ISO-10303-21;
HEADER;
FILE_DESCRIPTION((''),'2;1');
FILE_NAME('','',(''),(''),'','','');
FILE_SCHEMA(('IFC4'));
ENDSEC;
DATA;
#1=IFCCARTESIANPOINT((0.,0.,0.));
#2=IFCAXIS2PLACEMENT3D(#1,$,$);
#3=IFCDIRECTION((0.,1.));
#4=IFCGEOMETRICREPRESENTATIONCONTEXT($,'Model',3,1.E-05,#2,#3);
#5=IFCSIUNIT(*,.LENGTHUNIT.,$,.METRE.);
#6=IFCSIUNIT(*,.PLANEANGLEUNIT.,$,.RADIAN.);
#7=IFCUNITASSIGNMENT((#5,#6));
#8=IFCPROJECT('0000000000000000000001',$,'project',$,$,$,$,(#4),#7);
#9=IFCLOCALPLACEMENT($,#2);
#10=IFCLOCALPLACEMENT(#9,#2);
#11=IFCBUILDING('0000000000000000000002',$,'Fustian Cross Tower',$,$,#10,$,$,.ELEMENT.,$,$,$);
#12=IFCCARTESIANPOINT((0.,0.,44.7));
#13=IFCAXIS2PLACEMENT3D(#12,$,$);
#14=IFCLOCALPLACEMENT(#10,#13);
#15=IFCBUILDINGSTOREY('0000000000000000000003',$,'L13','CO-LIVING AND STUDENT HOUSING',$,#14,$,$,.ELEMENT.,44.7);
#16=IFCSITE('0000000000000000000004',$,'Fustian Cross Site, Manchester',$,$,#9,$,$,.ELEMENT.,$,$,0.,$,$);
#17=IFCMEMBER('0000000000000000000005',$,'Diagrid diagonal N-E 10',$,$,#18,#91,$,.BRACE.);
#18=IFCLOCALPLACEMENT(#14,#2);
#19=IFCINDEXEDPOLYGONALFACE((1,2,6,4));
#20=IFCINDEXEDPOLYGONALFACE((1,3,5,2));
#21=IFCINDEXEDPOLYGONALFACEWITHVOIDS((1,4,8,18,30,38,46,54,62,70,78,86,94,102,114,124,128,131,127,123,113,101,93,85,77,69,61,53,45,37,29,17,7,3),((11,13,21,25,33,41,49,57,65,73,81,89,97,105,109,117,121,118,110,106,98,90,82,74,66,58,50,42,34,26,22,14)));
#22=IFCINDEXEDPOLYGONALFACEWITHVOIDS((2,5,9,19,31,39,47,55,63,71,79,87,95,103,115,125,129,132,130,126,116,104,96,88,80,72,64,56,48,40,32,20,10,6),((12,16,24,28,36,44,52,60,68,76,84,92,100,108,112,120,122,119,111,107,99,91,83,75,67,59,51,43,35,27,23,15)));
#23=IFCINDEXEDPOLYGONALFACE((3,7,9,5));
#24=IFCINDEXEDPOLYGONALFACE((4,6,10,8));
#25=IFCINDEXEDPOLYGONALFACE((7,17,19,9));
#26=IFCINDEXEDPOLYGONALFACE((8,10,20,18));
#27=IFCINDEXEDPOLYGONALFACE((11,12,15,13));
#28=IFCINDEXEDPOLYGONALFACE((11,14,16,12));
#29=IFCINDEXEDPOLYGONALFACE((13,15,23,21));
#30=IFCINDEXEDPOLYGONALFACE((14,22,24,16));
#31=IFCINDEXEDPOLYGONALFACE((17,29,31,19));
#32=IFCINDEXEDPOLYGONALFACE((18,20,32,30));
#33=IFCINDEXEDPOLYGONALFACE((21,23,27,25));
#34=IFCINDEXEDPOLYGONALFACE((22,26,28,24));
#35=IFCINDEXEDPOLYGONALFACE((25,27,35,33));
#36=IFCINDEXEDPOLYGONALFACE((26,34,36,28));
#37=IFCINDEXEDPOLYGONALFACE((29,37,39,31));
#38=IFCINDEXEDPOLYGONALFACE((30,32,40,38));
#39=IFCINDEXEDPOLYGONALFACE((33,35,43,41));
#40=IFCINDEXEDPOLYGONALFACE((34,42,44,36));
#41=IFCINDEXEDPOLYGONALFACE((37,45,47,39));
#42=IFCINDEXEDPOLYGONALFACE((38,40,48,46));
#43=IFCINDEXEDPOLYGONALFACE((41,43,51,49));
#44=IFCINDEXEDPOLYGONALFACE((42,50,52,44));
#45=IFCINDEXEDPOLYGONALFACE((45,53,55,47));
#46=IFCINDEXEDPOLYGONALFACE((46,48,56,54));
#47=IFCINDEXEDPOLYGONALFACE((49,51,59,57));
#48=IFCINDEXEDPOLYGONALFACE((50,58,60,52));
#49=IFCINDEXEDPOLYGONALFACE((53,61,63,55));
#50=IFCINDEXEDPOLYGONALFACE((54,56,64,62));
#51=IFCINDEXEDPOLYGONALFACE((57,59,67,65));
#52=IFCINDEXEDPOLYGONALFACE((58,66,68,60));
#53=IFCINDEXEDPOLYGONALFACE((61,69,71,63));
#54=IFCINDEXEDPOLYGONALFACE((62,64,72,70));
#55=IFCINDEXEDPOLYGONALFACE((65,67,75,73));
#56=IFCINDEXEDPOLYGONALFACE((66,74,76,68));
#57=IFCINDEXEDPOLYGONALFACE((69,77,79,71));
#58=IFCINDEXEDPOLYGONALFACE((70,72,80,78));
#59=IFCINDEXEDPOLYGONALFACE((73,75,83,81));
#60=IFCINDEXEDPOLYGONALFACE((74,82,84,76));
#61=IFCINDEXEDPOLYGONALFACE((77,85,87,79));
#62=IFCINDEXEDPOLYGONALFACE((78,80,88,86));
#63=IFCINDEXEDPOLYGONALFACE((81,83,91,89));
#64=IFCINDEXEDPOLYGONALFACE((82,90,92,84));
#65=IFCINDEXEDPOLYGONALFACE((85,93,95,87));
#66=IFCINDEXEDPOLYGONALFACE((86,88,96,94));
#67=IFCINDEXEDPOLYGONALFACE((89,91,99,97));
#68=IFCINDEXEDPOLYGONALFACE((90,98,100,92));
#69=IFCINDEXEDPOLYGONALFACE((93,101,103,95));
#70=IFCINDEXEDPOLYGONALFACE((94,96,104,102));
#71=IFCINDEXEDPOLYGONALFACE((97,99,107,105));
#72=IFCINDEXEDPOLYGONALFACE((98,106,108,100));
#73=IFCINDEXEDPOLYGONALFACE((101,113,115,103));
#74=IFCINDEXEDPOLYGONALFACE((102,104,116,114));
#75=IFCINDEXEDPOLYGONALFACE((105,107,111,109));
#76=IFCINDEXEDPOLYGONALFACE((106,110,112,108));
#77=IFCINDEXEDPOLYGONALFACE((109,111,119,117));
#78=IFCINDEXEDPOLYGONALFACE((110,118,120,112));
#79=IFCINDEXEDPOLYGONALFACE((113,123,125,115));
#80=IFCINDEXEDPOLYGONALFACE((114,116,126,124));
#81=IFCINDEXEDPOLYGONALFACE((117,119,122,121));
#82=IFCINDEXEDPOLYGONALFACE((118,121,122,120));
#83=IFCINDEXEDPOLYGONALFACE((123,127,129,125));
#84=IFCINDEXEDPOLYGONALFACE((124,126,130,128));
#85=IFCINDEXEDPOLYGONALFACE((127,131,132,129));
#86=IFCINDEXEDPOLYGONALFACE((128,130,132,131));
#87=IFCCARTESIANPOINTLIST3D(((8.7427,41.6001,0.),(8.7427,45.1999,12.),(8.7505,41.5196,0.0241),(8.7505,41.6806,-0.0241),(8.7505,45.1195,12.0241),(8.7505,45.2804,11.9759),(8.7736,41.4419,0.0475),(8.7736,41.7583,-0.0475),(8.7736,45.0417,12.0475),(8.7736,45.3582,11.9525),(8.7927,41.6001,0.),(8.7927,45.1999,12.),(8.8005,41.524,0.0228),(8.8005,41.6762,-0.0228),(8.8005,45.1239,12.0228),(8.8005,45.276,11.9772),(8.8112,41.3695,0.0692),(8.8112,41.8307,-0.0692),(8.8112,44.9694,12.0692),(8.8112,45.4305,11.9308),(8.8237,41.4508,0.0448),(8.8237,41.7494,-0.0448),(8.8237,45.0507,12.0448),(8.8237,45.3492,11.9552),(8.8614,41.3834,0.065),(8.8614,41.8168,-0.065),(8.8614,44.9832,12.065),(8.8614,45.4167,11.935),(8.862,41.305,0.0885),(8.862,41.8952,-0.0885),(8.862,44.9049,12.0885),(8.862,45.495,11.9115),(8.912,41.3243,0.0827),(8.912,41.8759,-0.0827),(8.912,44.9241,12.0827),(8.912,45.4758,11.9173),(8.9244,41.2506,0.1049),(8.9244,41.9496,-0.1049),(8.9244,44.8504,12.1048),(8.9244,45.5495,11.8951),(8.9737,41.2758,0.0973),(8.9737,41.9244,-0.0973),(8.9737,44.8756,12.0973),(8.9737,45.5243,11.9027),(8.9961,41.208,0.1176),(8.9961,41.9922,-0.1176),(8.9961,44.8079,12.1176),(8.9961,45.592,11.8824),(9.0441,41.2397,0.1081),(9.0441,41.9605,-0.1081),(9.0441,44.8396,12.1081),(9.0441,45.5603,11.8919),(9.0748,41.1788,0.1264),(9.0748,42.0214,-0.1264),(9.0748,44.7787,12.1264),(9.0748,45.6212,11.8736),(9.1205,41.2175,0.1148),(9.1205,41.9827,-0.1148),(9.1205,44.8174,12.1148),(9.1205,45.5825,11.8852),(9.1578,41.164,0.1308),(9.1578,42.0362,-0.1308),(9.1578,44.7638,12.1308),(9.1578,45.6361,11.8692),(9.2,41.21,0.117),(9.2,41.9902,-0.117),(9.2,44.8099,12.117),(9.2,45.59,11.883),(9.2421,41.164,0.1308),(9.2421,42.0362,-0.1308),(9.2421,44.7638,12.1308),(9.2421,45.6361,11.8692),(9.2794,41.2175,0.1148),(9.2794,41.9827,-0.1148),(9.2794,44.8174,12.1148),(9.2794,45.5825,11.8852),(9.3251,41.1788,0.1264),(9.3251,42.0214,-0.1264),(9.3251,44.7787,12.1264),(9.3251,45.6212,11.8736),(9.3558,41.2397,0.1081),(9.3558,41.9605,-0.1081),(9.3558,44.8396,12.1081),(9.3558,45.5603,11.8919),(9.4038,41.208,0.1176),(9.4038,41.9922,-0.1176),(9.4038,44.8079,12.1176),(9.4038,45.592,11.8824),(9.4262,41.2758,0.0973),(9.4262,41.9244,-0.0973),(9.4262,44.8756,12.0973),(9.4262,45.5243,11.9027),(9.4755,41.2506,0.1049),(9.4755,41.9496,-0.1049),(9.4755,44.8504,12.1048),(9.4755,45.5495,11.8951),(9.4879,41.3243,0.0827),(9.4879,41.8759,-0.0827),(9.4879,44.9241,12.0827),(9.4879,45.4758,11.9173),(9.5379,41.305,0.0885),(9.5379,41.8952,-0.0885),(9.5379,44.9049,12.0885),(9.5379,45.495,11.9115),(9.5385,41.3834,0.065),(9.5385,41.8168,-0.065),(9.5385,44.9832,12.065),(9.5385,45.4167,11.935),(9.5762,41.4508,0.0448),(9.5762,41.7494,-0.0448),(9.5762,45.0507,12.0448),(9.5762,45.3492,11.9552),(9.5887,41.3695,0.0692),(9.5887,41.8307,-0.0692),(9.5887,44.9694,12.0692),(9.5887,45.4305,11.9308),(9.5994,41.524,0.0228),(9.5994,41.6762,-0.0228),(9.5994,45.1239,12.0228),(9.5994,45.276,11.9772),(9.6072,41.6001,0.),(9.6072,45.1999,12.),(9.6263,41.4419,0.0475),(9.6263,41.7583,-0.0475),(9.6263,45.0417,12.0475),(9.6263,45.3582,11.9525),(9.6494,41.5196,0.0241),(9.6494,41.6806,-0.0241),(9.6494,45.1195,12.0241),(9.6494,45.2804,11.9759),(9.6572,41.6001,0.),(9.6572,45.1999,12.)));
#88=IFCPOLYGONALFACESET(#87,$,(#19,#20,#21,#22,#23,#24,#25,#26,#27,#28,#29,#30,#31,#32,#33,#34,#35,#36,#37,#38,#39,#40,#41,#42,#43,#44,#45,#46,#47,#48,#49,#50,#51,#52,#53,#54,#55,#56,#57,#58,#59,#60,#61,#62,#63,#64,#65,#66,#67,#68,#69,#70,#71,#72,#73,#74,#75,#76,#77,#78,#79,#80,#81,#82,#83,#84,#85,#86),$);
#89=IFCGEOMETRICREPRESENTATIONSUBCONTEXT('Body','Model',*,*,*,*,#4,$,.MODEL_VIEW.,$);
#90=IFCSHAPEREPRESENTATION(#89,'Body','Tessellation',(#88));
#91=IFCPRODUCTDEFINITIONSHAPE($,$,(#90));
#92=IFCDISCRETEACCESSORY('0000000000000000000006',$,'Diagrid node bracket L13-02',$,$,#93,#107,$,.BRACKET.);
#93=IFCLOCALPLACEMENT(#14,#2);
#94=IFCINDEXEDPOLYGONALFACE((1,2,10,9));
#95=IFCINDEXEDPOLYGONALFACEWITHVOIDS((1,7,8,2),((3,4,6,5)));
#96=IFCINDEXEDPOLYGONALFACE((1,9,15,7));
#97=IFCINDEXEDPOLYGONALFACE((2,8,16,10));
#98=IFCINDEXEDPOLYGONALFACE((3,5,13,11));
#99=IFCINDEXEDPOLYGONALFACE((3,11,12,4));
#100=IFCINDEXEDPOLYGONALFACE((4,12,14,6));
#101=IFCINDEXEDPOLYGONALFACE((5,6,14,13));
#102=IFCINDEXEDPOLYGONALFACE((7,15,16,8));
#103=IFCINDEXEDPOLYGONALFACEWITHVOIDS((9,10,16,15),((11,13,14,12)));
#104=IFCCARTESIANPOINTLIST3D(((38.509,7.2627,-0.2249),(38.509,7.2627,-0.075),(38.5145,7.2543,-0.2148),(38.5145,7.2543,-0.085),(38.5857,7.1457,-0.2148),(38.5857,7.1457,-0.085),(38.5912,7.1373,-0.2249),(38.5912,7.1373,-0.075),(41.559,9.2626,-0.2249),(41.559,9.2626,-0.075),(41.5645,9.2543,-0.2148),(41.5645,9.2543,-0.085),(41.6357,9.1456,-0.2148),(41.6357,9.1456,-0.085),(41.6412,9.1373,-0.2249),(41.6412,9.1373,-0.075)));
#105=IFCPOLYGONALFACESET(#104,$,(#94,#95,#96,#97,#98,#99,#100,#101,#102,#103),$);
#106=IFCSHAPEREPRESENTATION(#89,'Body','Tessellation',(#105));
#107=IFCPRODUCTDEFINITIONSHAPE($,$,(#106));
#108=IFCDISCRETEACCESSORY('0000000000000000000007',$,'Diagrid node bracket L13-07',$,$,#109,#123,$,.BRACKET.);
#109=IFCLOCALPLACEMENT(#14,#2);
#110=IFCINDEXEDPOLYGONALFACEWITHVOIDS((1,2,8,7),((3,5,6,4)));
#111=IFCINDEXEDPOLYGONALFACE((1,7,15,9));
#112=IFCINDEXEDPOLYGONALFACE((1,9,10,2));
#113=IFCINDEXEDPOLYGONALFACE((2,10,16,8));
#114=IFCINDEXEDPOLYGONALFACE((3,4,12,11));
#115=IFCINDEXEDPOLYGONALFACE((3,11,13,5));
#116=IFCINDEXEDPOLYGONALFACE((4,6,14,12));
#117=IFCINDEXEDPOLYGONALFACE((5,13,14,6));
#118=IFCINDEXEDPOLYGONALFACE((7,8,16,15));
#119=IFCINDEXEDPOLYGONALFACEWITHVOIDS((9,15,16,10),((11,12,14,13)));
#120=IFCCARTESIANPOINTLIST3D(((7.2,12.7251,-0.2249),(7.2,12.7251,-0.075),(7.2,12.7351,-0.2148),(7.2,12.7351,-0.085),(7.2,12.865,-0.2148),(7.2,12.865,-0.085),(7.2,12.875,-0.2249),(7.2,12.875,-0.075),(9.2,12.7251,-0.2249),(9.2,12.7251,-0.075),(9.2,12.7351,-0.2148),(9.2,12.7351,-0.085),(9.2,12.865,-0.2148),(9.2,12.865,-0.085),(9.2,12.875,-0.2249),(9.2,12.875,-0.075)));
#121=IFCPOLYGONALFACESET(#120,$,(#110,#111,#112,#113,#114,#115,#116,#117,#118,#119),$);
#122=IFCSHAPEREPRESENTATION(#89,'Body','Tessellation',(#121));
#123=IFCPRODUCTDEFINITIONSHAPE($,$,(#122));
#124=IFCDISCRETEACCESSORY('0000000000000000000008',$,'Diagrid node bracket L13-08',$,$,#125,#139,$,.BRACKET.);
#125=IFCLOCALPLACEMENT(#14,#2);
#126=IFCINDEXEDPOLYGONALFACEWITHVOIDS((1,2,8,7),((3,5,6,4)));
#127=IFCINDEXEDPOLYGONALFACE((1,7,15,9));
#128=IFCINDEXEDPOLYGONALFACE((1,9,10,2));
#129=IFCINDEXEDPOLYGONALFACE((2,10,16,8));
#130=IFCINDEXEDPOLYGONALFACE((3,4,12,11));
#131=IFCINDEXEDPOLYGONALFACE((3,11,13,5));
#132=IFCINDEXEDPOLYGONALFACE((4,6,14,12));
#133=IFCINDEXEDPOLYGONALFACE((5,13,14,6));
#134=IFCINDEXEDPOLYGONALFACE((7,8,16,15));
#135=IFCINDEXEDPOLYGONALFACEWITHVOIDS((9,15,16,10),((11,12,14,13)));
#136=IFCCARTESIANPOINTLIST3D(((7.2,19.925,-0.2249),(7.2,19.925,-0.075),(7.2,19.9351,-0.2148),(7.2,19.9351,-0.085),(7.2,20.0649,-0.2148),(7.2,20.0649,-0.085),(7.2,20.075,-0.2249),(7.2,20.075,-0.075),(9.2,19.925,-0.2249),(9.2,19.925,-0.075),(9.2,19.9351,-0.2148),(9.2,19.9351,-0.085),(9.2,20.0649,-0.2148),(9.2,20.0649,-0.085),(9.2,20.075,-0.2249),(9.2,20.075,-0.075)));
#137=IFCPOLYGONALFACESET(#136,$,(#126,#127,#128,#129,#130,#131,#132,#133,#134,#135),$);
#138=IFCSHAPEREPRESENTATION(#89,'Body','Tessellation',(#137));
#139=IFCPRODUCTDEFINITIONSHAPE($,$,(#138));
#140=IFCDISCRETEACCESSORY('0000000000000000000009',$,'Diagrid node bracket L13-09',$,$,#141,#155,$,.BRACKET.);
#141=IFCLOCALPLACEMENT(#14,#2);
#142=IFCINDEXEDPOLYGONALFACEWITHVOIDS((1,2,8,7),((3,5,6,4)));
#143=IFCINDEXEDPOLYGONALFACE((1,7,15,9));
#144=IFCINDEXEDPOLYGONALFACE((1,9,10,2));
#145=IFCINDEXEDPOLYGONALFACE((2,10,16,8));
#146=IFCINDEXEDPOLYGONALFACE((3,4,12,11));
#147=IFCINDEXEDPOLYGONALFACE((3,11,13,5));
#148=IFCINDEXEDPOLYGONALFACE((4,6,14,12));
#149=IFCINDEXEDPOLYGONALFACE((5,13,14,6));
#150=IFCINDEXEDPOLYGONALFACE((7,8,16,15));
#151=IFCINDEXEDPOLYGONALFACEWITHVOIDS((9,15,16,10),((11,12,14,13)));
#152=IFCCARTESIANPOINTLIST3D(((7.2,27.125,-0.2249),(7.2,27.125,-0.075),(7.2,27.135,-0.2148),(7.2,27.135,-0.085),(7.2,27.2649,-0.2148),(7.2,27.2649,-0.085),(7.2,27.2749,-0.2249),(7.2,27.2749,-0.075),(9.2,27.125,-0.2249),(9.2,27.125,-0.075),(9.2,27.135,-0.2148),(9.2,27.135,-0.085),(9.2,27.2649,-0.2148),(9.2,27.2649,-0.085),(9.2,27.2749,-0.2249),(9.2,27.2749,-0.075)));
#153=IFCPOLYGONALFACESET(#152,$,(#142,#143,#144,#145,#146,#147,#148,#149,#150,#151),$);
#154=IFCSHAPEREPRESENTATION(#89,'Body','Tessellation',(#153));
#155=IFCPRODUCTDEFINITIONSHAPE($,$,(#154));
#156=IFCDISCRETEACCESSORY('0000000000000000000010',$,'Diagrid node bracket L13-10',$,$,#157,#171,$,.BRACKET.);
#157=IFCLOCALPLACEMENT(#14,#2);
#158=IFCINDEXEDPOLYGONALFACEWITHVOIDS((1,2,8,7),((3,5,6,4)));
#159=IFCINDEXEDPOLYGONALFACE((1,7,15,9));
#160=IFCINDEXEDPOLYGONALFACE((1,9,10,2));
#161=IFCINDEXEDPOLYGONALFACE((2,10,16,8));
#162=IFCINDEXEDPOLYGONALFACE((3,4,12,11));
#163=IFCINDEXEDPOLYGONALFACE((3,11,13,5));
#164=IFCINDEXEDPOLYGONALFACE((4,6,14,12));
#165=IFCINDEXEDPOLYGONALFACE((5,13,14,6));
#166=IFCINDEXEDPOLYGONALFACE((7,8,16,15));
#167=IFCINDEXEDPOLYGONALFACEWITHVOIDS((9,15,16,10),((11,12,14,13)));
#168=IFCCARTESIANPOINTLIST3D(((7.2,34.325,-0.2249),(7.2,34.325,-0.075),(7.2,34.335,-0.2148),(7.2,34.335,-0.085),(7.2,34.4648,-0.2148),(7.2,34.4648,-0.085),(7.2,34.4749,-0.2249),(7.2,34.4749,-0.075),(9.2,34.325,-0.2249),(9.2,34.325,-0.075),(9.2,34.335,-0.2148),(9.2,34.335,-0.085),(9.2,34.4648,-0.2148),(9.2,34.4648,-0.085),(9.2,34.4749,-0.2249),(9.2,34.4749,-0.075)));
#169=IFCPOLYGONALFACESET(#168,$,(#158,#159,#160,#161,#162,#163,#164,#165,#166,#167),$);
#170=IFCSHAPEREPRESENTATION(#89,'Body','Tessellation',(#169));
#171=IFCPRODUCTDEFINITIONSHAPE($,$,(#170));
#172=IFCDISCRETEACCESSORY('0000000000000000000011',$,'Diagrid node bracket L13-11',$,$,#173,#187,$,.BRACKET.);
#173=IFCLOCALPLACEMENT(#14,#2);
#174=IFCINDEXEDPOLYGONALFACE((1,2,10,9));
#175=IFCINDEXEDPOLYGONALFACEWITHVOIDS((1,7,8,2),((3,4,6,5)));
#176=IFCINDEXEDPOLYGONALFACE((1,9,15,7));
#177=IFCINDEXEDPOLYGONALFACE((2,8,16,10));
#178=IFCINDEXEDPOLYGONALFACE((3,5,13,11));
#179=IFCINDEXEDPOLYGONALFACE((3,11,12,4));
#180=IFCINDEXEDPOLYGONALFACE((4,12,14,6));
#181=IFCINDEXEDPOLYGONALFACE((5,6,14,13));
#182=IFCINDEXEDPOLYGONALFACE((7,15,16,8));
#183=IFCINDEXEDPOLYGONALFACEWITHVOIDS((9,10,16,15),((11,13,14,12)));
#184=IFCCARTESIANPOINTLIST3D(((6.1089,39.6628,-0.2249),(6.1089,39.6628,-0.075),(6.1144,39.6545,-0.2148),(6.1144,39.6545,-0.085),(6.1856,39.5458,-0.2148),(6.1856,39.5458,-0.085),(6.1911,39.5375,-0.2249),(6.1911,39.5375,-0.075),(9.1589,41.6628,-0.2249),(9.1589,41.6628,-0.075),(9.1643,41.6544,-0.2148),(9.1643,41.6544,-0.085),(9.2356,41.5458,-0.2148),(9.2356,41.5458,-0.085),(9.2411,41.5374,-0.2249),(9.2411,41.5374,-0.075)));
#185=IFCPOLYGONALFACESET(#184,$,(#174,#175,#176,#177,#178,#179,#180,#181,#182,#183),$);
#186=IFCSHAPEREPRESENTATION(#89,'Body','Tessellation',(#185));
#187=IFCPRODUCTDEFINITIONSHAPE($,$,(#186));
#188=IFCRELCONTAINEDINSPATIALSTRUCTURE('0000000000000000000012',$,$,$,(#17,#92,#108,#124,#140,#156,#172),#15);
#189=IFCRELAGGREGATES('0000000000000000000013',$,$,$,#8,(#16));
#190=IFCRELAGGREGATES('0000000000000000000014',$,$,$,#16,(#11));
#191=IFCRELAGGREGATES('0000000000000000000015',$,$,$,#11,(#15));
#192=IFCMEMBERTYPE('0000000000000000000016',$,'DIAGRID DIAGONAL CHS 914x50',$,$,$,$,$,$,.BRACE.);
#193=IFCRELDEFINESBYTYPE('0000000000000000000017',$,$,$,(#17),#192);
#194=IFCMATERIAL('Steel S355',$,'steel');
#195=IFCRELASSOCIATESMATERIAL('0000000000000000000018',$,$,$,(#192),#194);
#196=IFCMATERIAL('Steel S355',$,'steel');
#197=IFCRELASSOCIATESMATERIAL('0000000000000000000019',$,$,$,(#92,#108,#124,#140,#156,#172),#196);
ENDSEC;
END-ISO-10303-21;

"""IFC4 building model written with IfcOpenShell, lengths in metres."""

from ifc_helpers import new_model, si_unit, direction, frame, origin, origin_2d, place, context, subcontext, project, spatial, hollow_rectangle, hollow_circle, extrude, material, material_profile, profile_set, type_object, element, save


model = new_model("IFC4")

# Units and contexts
model_context = context("Model", 3, precision=1e-05, world=origin(), true_north=direction((0.0, 1.0)))
body_context = subcontext(model_context, "Body", "Model", "MODEL_VIEW")
ifc_project = project(units=[si_unit("LENGTHUNIT", "METRE"), si_unit("PLANEANGLEUNIT", "RADIAN")], contexts=[model_context])

# Site, building, storey
site_placement = place(None, origin())
site = spatial("IfcSite", under=ifc_project, at=site_placement, Name="Fustian Cross Site, Manchester", CompositionType="ELEMENT", RefElevation=0.0)
building_placement = place(site_placement, origin())
building = spatial("IfcBuilding", under=site, at=building_placement, Name="Fustian Cross Tower", CompositionType="ELEMENT")
storey_placement = place(building_placement, frame((0.0, 0.0, 44.7)))
storey = spatial("IfcBuildingStorey", under=building, at=storey_placement, Name="L13", Description="CO-LIVING AND STUDENT HOUSING", CompositionType="ELEMENT", Elevation=44.7)

# Member
ifc_material_1 = material(Name="Steel S355", Category="steel")
ifc_material_profile_1 = material_profile(ifc_material_1, hollow_circle(Radius=0.4573, WallThickness=0.05, at=origin_2d()), Name="CHS 914x50")
ifc_profile_set_1 = profile_set([ifc_material_profile_1], Name="Steel S355")
member_type_1 = type_object("IfcMemberType", Name="DIAGRID DIAGONAL CHS 914x50", PredefinedType="BRACE", material=ifc_profile_set_1)
for number, where, z_axis, x_axis, name in (
    (1, (9.2, 41.6001, 0.0), (0.0, 0.287337, 0.95783), (-1.0, 0.0, 0.0), "Diagrid diagonal N-E 10"),
):
    element("IfcMember", number, at=place(storey_placement, frame(where, z_axis=z_axis, x_axis=x_axis)), inside=storey, type_object=member_type_1, Name=name, PredefinedType="BRACE", context=body_context, shape_type="SweptSolid", body=[
        extrude(hollow_circle(Radius=0.4573, WallThickness=0.05, at=origin_2d()), origin(), (0.0, 0.0, 1.0), 12.5283),
    ])

# Discrete accessories
ifc_material_2 = material(Name="Steel S355", Category="steel")
discrete_accessory_1_placement = place(storey_placement, frame((41.6001, 9.2, -0.1499), z_axis=(-0.836248, -0.548351, 0.0), x_axis=(0.548351, -0.836248, 0.0)))
element("IfcDiscreteAccessory", 2, at=discrete_accessory_1_placement, inside=storey, material=ifc_material_2, Name="Diagrid node bracket L13-02", PredefinedType="BRACKET", context=body_context, shape_type="SweptSolid", body=[
    extrude(hollow_rectangle(XDim=0.1499, YDim=0.1499, WallThickness=0.01, at=origin_2d()), origin(), (0.0, 0.0, 1.0), 3.6472),
])
for number, where, z_axis, x_axis, name in (
    (3, (9.2, 12.8, -0.1499), (-1.0, 0.0, 0.0), (0.0, -1.0, 0.0), "Diagrid node bracket L13-07"),
    (4, (9.2, 20.0, -0.1499), (-1.0, 0.0, 0.0), (0.0, -1.0, 0.0), "Diagrid node bracket L13-08"),
    (5, (9.2, 27.2, -0.1499), (-1.0, 0.0, 0.0), (0.0, -1.0, 0.0), "Diagrid node bracket L13-09"),
    (6, (9.2, 34.3999, -0.1499), (-1.0, 0.0, 0.0), (0.0, -1.0, 0.0), "Diagrid node bracket L13-10"),
):
    element("IfcDiscreteAccessory", number, at=place(storey_placement, frame(where, z_axis=z_axis, x_axis=x_axis)), inside=storey, material=ifc_material_2, Name=name, PredefinedType="BRACKET", context=body_context, shape_type="SweptSolid", body=[
        extrude(hollow_rectangle(XDim=0.1499, YDim=0.1499, WallThickness=0.01, at=origin_2d()), origin(), (0.0, 0.0, 1.0), 2.0),
    ])
discrete_accessory_2_placement = place(storey_placement, frame((9.2, 41.6001, -0.1499), z_axis=(-0.836248, -0.548351, 0.0), x_axis=(0.548351, -0.836248, 0.0)))
element("IfcDiscreteAccessory", 7, at=discrete_accessory_2_placement, inside=storey, material=ifc_material_2, Name="Diagrid node bracket L13-11", PredefinedType="BRACKET", context=body_context, shape_type="SweptSolid", body=[
    extrude(hollow_rectangle(XDim=0.1499, YDim=0.1499, WallThickness=0.01, at=origin_2d()), origin(), (0.0, 0.0, 1.0), 3.6472),
])

save(model, "model.ifc")
